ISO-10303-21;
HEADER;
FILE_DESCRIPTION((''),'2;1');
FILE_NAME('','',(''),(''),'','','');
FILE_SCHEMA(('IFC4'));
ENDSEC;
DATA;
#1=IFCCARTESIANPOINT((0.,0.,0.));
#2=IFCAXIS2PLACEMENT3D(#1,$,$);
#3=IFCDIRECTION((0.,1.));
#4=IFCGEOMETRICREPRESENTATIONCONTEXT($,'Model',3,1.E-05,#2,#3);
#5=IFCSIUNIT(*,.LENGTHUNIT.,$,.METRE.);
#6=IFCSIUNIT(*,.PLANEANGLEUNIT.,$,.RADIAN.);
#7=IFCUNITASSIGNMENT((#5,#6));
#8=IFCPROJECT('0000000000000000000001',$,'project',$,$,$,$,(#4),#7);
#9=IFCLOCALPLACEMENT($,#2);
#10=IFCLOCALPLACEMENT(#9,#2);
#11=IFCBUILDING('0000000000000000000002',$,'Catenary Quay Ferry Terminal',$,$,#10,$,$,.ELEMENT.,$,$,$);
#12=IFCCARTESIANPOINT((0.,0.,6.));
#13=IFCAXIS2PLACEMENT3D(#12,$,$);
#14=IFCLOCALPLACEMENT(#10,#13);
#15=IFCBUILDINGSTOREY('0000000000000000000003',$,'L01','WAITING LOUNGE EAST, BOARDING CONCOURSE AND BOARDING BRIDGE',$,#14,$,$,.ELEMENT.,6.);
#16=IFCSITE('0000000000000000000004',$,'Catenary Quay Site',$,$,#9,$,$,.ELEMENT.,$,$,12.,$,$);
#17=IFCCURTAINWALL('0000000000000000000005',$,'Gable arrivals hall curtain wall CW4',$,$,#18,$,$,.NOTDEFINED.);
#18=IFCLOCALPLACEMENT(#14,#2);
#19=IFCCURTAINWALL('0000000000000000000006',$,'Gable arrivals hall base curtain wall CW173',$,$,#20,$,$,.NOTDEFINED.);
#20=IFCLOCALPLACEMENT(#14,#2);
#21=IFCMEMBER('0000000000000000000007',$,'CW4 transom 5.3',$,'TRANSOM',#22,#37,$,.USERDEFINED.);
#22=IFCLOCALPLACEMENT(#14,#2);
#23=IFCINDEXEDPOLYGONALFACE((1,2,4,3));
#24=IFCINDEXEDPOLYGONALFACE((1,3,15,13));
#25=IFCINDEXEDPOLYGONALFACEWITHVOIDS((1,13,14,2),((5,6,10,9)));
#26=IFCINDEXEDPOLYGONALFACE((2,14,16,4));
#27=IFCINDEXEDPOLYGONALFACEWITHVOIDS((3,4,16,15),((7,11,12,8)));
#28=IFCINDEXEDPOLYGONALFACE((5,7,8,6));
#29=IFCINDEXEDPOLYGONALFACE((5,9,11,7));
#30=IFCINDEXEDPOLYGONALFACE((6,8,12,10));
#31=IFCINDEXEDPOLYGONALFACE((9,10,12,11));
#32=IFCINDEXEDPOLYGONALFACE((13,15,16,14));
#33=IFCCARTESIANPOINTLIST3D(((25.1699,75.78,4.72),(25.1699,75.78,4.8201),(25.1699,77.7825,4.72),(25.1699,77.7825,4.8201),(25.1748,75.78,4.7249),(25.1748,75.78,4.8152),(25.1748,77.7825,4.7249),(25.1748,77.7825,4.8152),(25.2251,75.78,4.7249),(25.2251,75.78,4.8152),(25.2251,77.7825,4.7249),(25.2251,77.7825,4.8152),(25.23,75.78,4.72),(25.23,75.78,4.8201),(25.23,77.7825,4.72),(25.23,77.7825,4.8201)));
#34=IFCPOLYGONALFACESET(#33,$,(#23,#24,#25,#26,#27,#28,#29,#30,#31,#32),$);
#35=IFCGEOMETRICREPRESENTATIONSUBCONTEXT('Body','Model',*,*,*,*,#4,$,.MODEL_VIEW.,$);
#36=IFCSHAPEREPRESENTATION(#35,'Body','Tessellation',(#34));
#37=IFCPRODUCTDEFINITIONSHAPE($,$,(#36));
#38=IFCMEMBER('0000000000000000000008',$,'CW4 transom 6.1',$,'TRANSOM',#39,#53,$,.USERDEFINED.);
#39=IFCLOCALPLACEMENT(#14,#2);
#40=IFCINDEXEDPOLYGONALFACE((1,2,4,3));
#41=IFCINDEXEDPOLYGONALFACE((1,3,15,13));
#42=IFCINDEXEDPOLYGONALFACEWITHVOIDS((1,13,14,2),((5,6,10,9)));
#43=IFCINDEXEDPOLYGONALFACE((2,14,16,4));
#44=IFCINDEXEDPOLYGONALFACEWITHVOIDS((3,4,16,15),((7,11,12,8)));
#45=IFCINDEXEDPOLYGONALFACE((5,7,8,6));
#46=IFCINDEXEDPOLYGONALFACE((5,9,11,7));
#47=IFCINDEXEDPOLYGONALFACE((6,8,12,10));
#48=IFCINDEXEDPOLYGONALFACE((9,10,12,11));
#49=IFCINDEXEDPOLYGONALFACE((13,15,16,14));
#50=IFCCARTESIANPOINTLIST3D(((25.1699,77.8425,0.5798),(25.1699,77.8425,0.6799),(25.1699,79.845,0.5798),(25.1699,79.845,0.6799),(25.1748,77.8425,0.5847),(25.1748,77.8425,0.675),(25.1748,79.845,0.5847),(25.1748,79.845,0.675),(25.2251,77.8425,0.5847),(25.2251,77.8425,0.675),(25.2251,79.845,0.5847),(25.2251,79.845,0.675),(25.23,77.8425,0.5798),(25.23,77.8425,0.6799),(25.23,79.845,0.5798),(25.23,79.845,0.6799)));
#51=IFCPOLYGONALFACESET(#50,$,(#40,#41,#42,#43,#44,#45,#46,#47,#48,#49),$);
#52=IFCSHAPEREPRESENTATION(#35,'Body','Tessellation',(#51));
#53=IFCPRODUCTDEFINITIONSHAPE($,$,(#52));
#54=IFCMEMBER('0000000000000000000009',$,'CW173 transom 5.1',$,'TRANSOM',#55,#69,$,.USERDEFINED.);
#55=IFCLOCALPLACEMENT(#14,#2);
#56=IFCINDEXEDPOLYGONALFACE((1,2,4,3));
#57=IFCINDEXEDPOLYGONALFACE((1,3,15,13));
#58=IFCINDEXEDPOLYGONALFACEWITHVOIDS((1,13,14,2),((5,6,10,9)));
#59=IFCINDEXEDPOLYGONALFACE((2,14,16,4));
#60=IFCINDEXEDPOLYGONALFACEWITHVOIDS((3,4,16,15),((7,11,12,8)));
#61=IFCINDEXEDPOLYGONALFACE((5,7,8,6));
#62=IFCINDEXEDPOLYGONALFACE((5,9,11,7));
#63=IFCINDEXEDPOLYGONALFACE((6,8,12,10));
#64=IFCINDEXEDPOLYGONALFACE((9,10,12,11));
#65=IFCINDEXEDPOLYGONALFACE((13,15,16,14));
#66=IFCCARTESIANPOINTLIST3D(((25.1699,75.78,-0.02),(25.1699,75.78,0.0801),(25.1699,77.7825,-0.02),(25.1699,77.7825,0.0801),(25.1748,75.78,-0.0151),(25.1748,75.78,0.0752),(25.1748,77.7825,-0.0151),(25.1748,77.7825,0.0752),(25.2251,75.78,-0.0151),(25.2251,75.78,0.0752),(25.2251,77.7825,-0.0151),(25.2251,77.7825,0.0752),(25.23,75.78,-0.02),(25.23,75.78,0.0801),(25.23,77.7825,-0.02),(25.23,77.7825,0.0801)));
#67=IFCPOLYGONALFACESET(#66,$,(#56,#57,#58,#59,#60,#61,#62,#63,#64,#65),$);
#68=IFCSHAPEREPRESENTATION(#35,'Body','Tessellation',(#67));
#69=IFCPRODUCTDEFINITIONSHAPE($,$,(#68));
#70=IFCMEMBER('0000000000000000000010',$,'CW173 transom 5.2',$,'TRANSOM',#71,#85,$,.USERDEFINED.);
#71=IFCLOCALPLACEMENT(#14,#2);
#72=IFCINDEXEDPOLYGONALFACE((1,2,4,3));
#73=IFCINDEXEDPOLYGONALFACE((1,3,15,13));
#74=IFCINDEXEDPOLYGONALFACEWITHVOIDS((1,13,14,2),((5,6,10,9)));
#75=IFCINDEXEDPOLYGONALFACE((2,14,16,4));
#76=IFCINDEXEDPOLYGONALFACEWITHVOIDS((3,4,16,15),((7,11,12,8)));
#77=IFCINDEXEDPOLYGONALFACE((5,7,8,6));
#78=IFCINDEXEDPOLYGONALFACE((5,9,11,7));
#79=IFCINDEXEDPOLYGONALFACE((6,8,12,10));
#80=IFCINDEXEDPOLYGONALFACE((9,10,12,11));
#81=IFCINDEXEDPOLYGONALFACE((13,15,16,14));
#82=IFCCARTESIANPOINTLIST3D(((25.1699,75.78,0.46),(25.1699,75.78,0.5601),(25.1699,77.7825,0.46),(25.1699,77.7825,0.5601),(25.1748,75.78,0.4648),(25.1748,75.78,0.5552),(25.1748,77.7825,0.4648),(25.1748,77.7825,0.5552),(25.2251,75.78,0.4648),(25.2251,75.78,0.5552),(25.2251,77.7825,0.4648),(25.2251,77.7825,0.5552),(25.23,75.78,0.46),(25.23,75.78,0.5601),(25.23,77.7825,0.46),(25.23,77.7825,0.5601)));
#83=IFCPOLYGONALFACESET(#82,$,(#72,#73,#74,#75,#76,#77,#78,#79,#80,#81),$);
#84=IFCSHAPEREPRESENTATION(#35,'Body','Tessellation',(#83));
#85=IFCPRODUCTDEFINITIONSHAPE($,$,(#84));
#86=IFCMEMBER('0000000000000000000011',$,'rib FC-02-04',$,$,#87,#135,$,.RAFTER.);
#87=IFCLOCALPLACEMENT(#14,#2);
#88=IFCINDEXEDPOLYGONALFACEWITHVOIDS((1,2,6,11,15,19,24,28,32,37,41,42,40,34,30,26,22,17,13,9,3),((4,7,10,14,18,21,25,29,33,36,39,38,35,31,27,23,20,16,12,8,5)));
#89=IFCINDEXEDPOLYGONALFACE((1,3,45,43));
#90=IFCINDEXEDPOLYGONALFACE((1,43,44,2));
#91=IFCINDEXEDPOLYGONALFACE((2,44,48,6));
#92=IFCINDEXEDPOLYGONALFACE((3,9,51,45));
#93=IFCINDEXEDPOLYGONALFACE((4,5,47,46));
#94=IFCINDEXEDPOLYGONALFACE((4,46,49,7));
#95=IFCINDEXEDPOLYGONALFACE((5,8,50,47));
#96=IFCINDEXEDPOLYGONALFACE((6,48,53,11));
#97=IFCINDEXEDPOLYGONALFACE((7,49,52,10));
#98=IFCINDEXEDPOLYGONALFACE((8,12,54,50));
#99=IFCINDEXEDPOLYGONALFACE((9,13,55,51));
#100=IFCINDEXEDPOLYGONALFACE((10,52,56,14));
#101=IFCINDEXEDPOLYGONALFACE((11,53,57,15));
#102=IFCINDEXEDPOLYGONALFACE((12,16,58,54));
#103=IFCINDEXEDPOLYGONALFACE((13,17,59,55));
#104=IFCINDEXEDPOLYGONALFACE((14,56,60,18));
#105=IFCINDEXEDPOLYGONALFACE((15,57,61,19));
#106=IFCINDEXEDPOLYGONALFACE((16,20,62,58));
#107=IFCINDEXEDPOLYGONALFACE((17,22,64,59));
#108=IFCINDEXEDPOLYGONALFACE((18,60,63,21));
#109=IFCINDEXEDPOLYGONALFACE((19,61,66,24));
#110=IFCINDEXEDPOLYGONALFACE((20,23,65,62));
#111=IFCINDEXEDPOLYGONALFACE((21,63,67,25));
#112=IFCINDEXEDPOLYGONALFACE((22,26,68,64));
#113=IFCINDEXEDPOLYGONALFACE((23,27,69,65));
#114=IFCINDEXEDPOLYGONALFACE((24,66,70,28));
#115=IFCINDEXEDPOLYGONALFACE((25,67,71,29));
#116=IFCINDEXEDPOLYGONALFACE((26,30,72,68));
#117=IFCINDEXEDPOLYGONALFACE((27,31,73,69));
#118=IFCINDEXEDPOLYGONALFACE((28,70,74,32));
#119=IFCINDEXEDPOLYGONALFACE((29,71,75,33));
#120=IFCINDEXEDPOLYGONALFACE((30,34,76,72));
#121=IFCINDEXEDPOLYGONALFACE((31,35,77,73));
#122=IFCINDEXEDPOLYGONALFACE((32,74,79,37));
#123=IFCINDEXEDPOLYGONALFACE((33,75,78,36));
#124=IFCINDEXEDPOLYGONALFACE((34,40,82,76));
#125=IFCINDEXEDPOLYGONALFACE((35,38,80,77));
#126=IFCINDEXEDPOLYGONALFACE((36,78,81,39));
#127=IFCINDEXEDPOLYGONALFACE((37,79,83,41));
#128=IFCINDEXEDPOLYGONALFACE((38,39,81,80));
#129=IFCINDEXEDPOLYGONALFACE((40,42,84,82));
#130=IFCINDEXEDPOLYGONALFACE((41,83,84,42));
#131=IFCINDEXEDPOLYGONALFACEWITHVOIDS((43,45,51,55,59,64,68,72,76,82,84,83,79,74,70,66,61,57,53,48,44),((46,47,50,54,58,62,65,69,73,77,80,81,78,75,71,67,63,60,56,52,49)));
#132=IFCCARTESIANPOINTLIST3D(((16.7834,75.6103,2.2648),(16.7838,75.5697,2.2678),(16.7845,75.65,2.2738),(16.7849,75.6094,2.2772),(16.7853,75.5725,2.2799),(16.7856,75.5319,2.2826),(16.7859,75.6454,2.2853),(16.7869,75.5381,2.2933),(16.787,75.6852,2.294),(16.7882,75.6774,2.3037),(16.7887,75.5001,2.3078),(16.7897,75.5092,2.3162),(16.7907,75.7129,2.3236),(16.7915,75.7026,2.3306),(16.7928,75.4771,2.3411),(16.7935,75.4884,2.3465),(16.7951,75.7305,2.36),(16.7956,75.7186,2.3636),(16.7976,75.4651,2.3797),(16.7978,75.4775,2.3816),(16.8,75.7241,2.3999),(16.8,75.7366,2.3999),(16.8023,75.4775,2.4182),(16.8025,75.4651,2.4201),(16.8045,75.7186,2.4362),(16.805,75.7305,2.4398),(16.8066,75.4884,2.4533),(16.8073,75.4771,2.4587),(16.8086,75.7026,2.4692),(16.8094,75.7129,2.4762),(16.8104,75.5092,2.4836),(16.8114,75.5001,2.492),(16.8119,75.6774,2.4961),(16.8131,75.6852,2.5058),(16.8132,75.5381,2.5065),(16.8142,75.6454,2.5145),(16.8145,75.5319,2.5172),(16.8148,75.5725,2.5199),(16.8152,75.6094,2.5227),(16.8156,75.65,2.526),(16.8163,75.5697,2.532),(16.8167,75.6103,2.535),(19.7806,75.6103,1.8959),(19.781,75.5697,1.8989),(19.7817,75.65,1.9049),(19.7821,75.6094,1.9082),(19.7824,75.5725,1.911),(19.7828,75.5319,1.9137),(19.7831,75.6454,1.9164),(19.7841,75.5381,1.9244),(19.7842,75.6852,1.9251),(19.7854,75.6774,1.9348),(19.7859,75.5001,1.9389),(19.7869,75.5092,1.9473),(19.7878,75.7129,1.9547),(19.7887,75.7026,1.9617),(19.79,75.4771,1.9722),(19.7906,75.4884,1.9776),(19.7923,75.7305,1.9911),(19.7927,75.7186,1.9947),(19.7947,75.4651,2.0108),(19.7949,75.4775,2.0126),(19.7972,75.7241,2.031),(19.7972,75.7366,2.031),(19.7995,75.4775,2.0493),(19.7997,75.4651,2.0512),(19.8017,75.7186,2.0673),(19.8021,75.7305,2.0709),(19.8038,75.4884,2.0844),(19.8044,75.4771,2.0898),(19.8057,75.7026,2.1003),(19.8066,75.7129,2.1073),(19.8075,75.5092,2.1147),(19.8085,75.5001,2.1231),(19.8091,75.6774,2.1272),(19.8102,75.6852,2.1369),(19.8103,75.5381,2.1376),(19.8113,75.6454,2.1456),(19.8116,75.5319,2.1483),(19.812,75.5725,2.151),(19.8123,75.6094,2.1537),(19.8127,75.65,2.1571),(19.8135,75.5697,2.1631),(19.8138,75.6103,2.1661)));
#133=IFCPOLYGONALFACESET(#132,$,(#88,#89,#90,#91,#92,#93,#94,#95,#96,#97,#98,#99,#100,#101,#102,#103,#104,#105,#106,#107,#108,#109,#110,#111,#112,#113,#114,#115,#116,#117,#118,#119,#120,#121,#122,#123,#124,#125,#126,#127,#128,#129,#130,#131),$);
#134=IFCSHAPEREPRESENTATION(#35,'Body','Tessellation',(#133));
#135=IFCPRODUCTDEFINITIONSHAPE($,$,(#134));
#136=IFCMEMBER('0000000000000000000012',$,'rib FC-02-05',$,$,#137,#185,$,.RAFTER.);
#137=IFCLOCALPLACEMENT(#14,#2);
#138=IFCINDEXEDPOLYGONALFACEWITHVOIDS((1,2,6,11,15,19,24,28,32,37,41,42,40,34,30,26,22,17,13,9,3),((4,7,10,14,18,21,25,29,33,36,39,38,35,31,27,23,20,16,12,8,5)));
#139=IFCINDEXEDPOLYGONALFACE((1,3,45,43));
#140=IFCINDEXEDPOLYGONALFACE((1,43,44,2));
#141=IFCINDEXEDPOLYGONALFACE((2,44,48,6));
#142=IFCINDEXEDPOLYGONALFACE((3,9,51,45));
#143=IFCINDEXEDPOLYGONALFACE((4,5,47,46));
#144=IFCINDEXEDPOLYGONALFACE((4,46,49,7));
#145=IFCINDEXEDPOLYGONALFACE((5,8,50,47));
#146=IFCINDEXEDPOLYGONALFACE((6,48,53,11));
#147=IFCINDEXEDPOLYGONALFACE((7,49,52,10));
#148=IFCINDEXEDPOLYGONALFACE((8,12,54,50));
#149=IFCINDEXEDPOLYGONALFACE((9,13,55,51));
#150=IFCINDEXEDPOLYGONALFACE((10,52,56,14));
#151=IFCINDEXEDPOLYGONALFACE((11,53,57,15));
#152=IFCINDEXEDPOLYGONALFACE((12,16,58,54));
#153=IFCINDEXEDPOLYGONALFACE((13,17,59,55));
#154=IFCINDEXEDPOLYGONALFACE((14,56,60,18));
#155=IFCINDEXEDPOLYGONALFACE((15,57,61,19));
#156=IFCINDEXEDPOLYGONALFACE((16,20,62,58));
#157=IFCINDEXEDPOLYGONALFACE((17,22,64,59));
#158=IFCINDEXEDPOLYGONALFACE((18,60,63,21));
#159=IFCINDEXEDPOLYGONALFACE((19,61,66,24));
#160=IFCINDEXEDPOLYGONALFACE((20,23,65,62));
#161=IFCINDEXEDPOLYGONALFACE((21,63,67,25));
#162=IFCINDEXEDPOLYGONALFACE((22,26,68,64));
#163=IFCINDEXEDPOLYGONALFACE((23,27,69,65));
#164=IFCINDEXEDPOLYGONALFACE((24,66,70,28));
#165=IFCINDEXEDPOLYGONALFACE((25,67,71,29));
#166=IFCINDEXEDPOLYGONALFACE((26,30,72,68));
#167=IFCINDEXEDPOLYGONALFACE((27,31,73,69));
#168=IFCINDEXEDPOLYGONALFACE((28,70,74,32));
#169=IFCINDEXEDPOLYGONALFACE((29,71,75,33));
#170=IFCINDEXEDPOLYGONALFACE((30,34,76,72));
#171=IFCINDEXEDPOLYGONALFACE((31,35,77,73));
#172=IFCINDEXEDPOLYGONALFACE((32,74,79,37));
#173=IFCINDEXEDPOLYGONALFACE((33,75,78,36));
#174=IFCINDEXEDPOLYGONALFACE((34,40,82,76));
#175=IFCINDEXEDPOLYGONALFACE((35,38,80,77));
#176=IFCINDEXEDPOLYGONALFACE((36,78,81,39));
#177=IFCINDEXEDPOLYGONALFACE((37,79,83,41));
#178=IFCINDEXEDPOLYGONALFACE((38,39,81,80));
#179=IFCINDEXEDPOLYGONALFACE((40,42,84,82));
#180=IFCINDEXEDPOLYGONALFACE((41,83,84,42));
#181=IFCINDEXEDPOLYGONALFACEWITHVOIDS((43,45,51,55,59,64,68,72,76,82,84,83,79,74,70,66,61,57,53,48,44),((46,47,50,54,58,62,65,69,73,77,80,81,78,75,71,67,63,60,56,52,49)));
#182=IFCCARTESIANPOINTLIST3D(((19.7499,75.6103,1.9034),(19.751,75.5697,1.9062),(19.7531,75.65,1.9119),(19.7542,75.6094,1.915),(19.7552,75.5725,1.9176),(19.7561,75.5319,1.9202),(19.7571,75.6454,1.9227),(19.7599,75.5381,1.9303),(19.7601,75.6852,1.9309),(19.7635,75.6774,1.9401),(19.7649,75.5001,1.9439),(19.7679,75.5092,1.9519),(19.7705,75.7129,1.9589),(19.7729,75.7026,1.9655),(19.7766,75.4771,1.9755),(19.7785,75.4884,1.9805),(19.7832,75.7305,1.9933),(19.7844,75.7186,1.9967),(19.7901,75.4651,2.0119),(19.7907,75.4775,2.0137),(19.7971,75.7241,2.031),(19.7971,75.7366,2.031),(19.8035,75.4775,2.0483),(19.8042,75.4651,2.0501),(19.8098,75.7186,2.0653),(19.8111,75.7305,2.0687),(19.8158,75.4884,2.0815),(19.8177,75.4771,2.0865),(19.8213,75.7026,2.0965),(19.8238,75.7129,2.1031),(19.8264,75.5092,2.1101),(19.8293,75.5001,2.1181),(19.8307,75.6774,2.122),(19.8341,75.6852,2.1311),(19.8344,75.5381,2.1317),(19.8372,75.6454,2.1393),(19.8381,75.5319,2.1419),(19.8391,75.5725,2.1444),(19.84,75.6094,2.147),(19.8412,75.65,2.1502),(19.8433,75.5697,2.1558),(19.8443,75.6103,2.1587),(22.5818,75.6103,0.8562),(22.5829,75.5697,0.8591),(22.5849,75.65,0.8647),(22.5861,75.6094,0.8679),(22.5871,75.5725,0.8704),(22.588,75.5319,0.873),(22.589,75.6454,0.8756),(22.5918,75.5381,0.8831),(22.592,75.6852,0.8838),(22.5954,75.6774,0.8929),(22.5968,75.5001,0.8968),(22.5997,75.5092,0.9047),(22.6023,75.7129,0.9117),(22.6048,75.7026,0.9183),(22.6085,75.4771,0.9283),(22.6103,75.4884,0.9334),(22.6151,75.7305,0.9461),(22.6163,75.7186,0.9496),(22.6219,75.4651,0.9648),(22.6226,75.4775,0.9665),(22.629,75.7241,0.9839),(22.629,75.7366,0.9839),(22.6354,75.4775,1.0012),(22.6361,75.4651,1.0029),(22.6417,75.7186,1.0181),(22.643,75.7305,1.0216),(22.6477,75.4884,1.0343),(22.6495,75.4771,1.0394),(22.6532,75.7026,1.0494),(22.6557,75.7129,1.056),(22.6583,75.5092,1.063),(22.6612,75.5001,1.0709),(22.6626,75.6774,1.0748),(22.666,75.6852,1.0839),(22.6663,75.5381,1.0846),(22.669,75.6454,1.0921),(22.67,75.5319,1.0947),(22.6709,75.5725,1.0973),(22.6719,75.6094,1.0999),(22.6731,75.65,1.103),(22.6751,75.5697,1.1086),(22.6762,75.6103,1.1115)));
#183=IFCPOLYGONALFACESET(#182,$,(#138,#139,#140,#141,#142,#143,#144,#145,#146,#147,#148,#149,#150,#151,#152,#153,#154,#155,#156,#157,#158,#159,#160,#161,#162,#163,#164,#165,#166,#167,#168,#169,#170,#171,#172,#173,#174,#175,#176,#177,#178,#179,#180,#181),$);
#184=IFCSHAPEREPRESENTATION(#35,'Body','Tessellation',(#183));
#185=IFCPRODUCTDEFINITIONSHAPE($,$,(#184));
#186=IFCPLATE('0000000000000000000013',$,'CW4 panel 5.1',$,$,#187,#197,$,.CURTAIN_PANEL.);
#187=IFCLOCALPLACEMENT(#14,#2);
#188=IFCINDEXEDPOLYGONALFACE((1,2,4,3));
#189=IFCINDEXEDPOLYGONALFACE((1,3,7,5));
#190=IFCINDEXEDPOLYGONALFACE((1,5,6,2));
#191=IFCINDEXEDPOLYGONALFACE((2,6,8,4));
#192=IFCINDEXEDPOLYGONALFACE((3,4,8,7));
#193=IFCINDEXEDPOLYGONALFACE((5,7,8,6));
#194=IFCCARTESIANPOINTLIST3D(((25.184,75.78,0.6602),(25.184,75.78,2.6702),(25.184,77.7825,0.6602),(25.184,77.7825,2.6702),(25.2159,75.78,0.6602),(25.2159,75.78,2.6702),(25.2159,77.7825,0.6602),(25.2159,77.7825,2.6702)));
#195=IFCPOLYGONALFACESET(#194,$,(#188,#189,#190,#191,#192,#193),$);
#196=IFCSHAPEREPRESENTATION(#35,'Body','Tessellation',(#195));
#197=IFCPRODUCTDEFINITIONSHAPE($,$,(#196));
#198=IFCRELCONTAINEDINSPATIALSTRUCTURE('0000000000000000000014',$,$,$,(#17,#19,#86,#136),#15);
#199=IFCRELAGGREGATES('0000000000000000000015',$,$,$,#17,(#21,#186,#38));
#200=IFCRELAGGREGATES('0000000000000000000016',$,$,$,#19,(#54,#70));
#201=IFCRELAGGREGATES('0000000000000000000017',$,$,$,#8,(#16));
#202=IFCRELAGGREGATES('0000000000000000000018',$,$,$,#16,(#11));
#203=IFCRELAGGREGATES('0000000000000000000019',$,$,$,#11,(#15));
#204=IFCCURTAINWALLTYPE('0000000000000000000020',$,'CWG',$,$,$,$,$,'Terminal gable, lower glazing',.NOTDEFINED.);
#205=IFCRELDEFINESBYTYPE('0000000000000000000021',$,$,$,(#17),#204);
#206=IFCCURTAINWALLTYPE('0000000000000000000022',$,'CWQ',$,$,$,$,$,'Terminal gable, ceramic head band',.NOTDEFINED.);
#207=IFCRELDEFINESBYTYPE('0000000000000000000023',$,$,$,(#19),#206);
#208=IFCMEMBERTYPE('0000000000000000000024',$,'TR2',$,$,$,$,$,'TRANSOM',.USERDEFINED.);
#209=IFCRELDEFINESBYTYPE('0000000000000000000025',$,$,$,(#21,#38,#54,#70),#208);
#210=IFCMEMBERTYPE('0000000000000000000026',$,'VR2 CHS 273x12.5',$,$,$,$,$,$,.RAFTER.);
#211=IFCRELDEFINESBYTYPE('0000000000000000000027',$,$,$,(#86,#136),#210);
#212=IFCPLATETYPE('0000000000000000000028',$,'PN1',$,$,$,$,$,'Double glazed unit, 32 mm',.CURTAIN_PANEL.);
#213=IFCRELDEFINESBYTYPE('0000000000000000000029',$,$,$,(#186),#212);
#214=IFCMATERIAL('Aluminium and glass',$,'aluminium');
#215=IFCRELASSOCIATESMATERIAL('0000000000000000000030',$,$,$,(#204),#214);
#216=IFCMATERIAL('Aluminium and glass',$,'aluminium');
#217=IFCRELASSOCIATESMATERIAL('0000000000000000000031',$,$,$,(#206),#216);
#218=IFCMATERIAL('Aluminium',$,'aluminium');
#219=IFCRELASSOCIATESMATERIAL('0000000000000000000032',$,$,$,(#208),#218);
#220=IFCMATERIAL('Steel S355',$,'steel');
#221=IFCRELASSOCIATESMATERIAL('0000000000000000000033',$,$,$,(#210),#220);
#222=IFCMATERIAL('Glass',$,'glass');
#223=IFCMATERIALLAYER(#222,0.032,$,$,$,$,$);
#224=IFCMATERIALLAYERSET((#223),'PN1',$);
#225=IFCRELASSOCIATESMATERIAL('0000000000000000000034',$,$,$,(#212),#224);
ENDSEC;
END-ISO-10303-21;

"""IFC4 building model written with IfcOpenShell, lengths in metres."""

from ifc_helpers import new_model, si_unit, direction, frame, origin, origin_2d, place, context, subcontext, project, spatial, rectangle, hollow_rectangle, hollow_circle, extrude, material, layer, layer_set, material_profile, profile_set, type_object, element, aggregate, save


model = new_model("IFC4")

# Units and contexts
model_context = context("Model", 3, precision=1e-05, world=origin(), true_north=direction((0.0, 1.0)))
body_context = subcontext(model_context, "Body", "Model", "MODEL_VIEW")
ifc_project = project(units=[si_unit("LENGTHUNIT", "METRE"), si_unit("PLANEANGLEUNIT", "RADIAN")], contexts=[model_context])

# Site, building, storey
site_placement = place(None, origin())
site = spatial("IfcSite", under=ifc_project, at=site_placement, Name="Catenary Quay Site", CompositionType="ELEMENT", RefElevation=12.0)
building_placement = place(site_placement, origin())
building = spatial("IfcBuilding", under=site, at=building_placement, Name="Catenary Quay Ferry Terminal", CompositionType="ELEMENT")
storey_placement = place(building_placement, frame((0.0, 0.0, 6.0)))
storey = spatial("IfcBuildingStorey", under=building, at=storey_placement, Name="L01", Description="WAITING LOUNGE EAST, BOARDING CONCOURSE AND BOARDING BRIDGE", CompositionType="ELEMENT", Elevation=6.0)

# Curtain walls
ifc_material_1 = material(Name="Aluminium and glass", Category="aluminium")
curtain_wall_type_1 = type_object("IfcCurtainWallType", Name="CWG", ElementType="Terminal gable, lower glazing", PredefinedType="NOTDEFINED", material=ifc_material_1)
curtain_wall_1_placement = place(storey_placement, origin())
curtain_wall_1 = element("IfcCurtainWall", 1, at=curtain_wall_1_placement, inside=storey, type_object=curtain_wall_type_1, Name="Gable arrivals hall curtain wall CW4", PredefinedType="NOTDEFINED")
ifc_material_2 = material(Name="Aluminium and glass", Category="aluminium")
curtain_wall_type_2 = type_object("IfcCurtainWallType", Name="CWQ", ElementType="Terminal gable, ceramic head band", PredefinedType="NOTDEFINED", material=ifc_material_2)
curtain_wall_2_placement = place(storey_placement, origin())
curtain_wall_2 = element("IfcCurtainWall", 2, at=curtain_wall_2_placement, inside=storey, type_object=curtain_wall_type_2, Name="Gable arrivals hall base curtain wall CW173", PredefinedType="NOTDEFINED")

# Members
ifc_material_3 = material(Name="Aluminium", Category="aluminium")
ifc_material_profile_1 = material_profile(ifc_material_3, hollow_rectangle(XDim=0.0601, YDim=0.1001, WallThickness=0.0049, at=origin_2d()), Name="TR2")
ifc_profile_set_1 = profile_set([ifc_material_profile_1], Name="Aluminium")
member_type_1 = type_object("IfcMemberType", Name="TR2", ElementType="TRANSOM", PredefinedType="USERDEFINED", material=ifc_profile_set_1)
member_1_placement = place(storey_placement, frame((25.2, 75.78, 4.77), z_axis=(0.0, 1.0, 0.0), x_axis=(-1.0, 0.0, 0.0)))
member_1 = element("IfcMember", 3, at=member_1_placement, type_object=member_type_1, Name="CW4 transom 5.3", ObjectType="TRANSOM", PredefinedType="USERDEFINED", context=body_context, shape_type="SweptSolid", body=[
    extrude(hollow_rectangle(XDim=0.0601, YDim=0.1001, WallThickness=0.0049, at=origin_2d()), origin(), (0.0, 0.0, 1.0), 2.0024),
])
member_2_placement = place(storey_placement, frame((25.2, 77.8425, 0.6299), z_axis=(0.0, 1.0, 0.0), x_axis=(-1.0, 0.0, 0.0)))
member_2 = element("IfcMember", 4, at=member_2_placement, type_object=member_type_1, Name="CW4 transom 6.1", ObjectType="TRANSOM", PredefinedType="USERDEFINED", context=body_context, shape_type="SweptSolid", body=[
    extrude(hollow_rectangle(XDim=0.0601, YDim=0.1001, WallThickness=0.0049, at=origin_2d()), origin(), (0.0, 0.0, 1.0), 2.0024),
])
member_3_placement = place(storey_placement, frame((25.2, 75.78, 0.03), z_axis=(0.0, 1.0, 0.0), x_axis=(-1.0, 0.0, 0.0)))
member_3 = element("IfcMember", 5, at=member_3_placement, type_object=member_type_1, Name="CW173 transom 5.1", ObjectType="TRANSOM", PredefinedType="USERDEFINED", context=body_context, shape_type="SweptSolid", body=[
    extrude(hollow_rectangle(XDim=0.0601, YDim=0.1001, WallThickness=0.0049, at=origin_2d()), origin(), (0.0, 0.0, 1.0), 2.0024),
])
member_4_placement = place(storey_placement, frame((25.2, 75.78, 0.51), z_axis=(0.0, 1.0, 0.0), x_axis=(-1.0, 0.0, 0.0)))
member_4 = element("IfcMember", 6, at=member_4_placement, type_object=member_type_1, Name="CW173 transom 5.2", ObjectType="TRANSOM", PredefinedType="USERDEFINED", context=body_context, shape_type="SweptSolid", body=[
    extrude(hollow_rectangle(XDim=0.0601, YDim=0.1001, WallThickness=0.0049, at=origin_2d()), origin(), (0.0, 0.0, 1.0), 2.0024),
])

# Members
ifc_material_4 = material(Name="Steel S355", Category="steel")
ifc_material_profile_2 = material_profile(ifc_material_4, hollow_circle(Radius=0.1365, WallThickness=0.0125, at=origin_2d()), Name="CHS 273x12.5")
ifc_profile_set_2 = profile_set([ifc_material_profile_2], Name="Steel S355")
member_type_2 = type_object("IfcMemberType", Name="VR2 CHS 273x12.5", PredefinedType="RAFTER", material=ifc_profile_set_2)
member_5_placement = place(storey_placement, frame((16.8, 75.6001, 2.3999), z_axis=(0.99251, 0.0, -0.122164), x_axis=(0.0, 1.0, 0.0)))
element("IfcMember", 7, at=member_5_placement, inside=storey, type_object=member_type_2, Name="rib FC-02-04", PredefinedType="RAFTER", context=body_context, shape_type="SweptSolid", body=[
    extrude(hollow_circle(Radius=0.1365, WallThickness=0.0125, at=origin_2d()), origin(), (0.0, 0.0, 1.0), 3.0198),
])
member_6_placement = place(storey_placement, frame((19.7971, 75.6001, 2.031), z_axis=(0.937931, 0.0, -0.346822), x_axis=(0.0, 1.0, 0.0)))
element("IfcMember", 8, at=member_6_placement, inside=storey, type_object=member_type_2, Name="rib FC-02-05", PredefinedType="RAFTER", context=body_context, shape_type="SweptSolid", body=[
    extrude(hollow_circle(Radius=0.1365, WallThickness=0.0125, at=origin_2d()), origin(), (0.0, 0.0, 1.0), 3.0193),
])

# Plate
ifc_material_5 = material(Name="Glass", Category="glass")
ifc_layer_1 = layer(ifc_material_5, 0.032)
ifc_layer_set_1 = layer_set([ifc_layer_1], Name="PN1")
plate_type_1 = type_object("IfcPlateType", Name="PN1", ElementType="Double glazed unit, 32 mm", PredefinedType="CURTAIN_PANEL", material=ifc_layer_set_1)
plate_1_placement = place(storey_placement, frame((25.2, 76.7812, 0.6602), z_axis=(0.0, 0.0, 1.0), x_axis=(0.0, 1.0, 0.0)))
plate_1 = element("IfcPlate", 9, at=plate_1_placement, type_object=plate_type_1, Name="CW4 panel 5.1", PredefinedType="CURTAIN_PANEL", context=body_context, shape_type="SweptSolid", body=[
    extrude(rectangle(XDim=2.0024, YDim=0.032, at=origin_2d()), origin(), (0.0, 0.0, 1.0), 2.01),
])
aggregate(curtain_wall_1, [member_1, plate_1, member_2])
aggregate(curtain_wall_2, [member_3, member_4])

save(model, "model.ifc")
